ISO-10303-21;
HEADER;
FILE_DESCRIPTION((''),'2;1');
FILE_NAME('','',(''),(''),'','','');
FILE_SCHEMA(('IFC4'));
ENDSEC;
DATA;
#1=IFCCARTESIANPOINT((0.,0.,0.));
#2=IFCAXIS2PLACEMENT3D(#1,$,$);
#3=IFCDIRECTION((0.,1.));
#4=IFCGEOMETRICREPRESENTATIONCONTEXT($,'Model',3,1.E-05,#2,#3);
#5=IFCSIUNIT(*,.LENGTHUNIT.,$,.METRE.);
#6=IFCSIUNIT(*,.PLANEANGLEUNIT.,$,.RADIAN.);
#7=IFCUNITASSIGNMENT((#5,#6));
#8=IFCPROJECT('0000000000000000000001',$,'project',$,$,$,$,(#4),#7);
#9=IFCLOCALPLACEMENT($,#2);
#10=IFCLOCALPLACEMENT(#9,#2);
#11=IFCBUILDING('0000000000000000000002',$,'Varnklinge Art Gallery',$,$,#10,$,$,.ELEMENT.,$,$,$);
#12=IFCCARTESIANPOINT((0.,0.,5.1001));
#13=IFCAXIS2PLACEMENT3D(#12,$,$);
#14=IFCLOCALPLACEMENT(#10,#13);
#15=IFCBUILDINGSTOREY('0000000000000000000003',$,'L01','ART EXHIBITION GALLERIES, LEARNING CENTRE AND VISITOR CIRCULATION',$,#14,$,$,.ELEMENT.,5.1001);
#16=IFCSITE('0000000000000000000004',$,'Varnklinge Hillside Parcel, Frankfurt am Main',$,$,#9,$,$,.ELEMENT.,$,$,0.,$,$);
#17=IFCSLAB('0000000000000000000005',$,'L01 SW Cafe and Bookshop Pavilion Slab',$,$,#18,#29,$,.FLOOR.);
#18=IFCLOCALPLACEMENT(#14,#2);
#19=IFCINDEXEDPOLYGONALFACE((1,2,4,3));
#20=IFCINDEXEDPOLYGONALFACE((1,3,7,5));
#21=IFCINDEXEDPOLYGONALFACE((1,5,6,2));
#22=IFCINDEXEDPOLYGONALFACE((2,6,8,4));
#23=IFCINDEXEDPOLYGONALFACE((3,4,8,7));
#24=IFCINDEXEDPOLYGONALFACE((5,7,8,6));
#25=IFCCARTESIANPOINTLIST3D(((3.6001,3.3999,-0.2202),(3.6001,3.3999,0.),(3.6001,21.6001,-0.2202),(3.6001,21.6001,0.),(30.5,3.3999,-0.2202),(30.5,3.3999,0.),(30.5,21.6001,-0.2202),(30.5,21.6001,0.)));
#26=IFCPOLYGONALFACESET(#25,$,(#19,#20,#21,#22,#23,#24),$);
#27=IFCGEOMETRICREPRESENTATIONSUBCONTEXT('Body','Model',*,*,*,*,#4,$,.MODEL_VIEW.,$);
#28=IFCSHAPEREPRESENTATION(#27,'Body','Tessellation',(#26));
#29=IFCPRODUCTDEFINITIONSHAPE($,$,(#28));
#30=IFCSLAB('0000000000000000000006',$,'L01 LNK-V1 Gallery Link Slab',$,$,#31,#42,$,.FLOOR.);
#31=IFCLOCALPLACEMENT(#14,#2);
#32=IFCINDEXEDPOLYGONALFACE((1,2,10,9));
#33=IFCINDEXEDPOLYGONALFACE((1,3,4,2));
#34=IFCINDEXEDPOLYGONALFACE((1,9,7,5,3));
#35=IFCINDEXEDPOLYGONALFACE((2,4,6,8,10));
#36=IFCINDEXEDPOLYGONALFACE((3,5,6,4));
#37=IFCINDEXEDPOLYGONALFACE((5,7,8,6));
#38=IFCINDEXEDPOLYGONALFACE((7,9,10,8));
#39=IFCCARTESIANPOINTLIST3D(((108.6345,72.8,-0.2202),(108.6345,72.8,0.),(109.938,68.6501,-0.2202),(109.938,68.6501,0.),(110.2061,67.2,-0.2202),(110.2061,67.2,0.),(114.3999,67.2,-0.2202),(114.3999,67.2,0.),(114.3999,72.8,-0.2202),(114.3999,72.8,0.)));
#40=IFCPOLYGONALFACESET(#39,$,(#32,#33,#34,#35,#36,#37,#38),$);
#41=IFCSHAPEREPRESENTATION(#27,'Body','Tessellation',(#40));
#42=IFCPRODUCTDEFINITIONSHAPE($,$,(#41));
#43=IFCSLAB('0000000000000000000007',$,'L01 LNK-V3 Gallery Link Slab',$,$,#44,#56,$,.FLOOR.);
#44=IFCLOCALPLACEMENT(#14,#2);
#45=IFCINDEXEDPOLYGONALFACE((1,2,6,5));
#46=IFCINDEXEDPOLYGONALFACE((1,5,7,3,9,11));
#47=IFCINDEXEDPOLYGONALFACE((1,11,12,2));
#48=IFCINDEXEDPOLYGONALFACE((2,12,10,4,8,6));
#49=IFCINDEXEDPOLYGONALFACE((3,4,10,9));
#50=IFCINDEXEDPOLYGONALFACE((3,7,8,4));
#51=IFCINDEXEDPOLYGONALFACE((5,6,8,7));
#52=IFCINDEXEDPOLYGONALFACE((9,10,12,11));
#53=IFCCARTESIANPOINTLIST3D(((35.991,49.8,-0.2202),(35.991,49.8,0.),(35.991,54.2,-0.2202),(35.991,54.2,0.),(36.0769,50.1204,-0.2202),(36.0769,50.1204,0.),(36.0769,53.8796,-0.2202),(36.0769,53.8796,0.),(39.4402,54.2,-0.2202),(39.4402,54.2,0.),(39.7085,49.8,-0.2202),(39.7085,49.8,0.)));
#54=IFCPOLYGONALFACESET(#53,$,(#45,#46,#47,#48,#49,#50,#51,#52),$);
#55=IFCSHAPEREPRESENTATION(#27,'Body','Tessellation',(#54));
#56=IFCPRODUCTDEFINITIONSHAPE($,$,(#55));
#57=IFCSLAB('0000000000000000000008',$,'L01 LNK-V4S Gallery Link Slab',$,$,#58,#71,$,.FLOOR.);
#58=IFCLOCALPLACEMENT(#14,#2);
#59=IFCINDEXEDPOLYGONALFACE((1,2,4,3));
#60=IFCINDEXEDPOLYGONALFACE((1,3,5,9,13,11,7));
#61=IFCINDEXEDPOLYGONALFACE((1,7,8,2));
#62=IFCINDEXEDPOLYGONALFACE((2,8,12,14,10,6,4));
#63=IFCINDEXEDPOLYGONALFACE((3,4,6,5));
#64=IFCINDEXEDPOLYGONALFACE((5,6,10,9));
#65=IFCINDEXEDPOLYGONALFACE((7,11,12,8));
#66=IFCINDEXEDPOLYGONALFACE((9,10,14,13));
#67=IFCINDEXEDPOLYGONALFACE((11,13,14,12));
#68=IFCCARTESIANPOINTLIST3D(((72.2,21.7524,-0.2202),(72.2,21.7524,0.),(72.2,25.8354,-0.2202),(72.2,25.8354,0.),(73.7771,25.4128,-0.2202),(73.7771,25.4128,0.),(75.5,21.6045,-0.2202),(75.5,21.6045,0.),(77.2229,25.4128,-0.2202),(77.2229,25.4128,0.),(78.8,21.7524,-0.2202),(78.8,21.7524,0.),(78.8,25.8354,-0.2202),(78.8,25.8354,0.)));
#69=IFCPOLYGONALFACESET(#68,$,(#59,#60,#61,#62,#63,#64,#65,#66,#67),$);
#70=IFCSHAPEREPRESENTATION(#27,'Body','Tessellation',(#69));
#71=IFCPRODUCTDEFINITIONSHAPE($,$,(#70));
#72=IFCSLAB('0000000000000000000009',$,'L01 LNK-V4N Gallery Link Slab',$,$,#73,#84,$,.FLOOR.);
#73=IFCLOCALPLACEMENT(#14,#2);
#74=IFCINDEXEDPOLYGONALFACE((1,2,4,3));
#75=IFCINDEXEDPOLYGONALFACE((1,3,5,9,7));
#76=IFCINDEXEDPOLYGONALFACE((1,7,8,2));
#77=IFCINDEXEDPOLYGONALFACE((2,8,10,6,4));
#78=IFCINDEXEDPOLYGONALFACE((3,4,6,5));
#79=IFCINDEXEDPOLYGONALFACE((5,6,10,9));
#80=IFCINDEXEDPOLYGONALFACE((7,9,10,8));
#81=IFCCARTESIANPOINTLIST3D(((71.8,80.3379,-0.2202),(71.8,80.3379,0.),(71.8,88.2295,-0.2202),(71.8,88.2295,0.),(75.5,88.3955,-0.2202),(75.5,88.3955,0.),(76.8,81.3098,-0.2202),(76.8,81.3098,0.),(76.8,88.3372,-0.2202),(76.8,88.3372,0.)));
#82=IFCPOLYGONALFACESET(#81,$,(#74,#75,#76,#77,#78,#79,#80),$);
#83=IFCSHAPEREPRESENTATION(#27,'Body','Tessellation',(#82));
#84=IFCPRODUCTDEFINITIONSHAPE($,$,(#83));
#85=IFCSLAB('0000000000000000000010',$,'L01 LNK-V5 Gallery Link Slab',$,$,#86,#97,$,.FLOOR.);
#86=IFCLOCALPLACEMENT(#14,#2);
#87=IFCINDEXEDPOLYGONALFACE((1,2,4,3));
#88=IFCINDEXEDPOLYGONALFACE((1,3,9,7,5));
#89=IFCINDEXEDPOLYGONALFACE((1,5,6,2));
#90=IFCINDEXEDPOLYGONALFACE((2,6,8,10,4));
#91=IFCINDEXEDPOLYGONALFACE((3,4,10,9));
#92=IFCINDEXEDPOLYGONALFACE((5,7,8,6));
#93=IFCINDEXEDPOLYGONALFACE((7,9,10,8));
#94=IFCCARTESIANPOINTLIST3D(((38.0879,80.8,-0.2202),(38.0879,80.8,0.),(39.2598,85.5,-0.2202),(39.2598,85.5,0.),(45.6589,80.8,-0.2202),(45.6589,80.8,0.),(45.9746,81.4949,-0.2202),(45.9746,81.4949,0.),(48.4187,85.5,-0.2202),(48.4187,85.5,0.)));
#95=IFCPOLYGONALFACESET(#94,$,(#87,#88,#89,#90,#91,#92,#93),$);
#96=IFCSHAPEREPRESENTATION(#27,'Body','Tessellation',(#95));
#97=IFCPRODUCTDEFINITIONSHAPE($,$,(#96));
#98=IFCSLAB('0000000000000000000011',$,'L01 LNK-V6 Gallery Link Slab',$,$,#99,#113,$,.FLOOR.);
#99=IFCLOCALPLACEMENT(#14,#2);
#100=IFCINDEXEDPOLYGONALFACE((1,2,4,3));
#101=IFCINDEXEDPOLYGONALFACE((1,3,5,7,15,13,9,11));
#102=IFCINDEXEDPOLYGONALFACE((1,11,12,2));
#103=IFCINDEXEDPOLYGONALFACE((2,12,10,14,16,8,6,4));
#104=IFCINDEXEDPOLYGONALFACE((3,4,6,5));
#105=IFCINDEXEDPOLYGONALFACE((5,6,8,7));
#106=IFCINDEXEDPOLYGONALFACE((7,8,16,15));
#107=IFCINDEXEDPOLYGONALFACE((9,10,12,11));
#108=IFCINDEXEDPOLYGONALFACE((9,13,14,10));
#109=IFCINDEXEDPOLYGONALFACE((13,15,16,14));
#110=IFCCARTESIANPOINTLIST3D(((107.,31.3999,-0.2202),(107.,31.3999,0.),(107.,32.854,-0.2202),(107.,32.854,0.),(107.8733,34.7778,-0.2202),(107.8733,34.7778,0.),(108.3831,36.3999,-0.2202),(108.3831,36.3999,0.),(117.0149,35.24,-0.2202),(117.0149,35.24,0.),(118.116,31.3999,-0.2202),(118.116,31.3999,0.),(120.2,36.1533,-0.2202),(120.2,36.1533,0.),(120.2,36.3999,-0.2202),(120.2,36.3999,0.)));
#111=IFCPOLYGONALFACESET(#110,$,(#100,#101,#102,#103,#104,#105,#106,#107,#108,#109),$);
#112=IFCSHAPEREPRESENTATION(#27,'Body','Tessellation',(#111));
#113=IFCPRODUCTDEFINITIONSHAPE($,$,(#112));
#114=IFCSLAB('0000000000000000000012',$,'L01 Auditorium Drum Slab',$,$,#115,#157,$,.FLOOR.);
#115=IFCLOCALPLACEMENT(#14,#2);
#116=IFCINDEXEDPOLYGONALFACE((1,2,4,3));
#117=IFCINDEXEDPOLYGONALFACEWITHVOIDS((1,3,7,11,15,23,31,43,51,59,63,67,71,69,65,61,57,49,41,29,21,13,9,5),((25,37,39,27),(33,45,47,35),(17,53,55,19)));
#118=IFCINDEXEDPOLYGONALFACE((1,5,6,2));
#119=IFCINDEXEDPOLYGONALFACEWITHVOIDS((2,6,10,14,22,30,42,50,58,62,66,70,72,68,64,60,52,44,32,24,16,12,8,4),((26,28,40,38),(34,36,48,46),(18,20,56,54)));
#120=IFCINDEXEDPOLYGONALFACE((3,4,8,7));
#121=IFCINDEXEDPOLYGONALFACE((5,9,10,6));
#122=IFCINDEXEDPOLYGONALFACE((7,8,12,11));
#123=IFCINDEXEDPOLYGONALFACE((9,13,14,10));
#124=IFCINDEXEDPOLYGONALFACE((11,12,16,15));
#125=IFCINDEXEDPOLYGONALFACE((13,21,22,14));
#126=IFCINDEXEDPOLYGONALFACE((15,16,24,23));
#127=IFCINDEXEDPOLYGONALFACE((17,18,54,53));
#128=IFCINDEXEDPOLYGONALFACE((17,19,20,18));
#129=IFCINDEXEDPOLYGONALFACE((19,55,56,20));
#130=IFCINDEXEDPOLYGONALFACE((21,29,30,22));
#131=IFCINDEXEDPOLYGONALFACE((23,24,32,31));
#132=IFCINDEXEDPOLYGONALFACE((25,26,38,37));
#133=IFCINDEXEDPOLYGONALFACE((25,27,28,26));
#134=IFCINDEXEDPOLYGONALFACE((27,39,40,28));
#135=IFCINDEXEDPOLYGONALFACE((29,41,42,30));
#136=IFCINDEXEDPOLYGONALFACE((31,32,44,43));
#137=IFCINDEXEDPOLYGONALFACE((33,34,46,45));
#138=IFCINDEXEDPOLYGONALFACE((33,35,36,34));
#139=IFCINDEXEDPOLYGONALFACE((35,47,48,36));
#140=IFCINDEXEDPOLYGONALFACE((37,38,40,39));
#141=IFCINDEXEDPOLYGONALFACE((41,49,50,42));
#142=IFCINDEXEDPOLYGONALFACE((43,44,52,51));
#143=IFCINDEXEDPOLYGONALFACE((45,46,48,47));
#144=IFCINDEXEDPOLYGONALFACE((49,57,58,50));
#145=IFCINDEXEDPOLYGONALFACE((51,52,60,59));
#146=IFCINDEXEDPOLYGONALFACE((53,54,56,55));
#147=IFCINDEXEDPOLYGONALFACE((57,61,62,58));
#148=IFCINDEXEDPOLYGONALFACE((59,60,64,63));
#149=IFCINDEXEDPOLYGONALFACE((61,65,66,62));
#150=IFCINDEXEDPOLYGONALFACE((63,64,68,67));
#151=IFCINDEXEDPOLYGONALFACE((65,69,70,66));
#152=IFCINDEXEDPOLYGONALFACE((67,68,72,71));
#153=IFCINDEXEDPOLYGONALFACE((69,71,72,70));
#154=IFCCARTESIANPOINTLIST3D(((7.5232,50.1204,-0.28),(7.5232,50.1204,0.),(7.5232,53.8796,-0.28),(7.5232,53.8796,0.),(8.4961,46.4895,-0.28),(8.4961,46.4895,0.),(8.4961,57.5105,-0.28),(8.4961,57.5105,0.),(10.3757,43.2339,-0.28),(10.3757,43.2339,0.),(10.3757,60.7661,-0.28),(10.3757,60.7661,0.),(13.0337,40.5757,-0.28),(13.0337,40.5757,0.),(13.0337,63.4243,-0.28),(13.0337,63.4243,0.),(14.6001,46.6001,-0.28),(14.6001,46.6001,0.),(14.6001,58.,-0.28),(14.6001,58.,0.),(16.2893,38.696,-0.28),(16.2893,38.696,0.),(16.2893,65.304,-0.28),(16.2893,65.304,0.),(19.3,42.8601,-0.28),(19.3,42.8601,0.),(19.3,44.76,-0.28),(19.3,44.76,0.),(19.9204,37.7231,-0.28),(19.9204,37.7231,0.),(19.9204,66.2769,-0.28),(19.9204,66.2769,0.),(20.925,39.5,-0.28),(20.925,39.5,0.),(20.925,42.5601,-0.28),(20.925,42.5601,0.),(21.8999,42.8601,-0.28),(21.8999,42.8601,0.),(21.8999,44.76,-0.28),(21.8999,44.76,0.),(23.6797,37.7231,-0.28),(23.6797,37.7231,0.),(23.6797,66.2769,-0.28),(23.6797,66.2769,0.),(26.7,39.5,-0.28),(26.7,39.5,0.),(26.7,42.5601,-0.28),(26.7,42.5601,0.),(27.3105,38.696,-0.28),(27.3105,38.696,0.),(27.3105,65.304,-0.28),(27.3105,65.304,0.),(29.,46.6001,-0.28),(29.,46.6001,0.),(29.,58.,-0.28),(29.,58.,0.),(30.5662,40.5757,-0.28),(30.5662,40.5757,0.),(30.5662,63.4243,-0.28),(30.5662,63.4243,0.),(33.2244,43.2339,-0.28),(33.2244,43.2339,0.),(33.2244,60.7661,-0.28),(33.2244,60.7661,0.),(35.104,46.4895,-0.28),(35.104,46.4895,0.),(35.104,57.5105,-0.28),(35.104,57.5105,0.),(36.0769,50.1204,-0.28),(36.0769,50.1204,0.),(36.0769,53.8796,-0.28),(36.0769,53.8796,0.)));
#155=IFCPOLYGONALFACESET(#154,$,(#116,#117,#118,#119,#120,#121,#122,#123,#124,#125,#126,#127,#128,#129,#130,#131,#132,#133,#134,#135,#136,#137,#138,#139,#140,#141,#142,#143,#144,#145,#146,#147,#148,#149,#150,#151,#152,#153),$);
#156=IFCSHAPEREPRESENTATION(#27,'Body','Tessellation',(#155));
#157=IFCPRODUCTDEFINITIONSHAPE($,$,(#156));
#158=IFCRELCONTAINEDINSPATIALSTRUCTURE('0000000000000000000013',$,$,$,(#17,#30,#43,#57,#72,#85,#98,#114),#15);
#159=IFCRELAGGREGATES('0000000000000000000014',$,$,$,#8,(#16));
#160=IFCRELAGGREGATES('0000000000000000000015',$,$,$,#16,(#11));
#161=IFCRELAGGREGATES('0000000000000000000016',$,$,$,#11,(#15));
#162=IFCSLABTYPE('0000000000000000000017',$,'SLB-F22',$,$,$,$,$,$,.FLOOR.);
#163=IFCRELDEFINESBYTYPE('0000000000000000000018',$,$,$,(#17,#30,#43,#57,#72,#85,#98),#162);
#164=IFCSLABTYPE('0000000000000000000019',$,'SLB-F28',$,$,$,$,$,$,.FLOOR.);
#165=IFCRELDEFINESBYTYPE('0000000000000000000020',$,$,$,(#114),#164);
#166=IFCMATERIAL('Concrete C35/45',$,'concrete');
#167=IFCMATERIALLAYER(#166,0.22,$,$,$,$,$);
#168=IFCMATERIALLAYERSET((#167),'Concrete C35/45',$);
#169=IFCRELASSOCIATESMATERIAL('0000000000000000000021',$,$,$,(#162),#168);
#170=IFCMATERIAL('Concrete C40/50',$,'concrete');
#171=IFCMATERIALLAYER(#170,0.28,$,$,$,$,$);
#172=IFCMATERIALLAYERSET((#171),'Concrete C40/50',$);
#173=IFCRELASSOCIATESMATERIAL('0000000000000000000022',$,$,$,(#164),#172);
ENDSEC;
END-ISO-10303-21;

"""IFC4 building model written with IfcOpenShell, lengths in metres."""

from ifc_helpers import new_model, si_unit, direction, frame, origin, place, context, subcontext, project, spatial, polyline, outline, extrude, material, layer, layer_set, type_object, element, save


model = new_model("IFC4")

# Units and contexts
model_context = context("Model", 3, precision=1e-05, world=origin(), true_north=direction((0.0, 1.0)))
body_context = subcontext(model_context, "Body", "Model", "MODEL_VIEW")
ifc_project = project(units=[si_unit("LENGTHUNIT", "METRE"), si_unit("PLANEANGLEUNIT", "RADIAN")], contexts=[model_context])

# Site, building, storey
site_placement = place(None, origin())
site = spatial("IfcSite", under=ifc_project, at=site_placement, Name="Varnklinge Hillside Parcel, Frankfurt am Main", CompositionType="ELEMENT", RefElevation=0.0)
building_placement = place(site_placement, origin())
building = spatial("IfcBuilding", under=site, at=building_placement, Name="Varnklinge Art Gallery", CompositionType="ELEMENT")
storey_placement = place(building_placement, frame((0.0, 0.0, 5.1001)))
storey = spatial("IfcBuildingStorey", under=building, at=storey_placement, Name="L01", Description="ART EXHIBITION GALLERIES, LEARNING CENTRE AND VISITOR CIRCULATION", CompositionType="ELEMENT", Elevation=5.1001)

# Slabs
ifc_material_1 = material(Name="Concrete C35/45", Category="concrete")
ifc_layer_1 = layer(ifc_material_1, 0.22)
ifc_layer_set_1 = layer_set([ifc_layer_1], Name="Concrete C35/45")
slab_type_1 = type_object("IfcSlabType", Name="SLB-F22", PredefinedType="FLOOR", material=ifc_layer_set_1)
slab_1_placement = place(storey_placement, frame((0.0, 0.0, -0.2202)))
element("IfcSlab", 1, at=slab_1_placement, inside=storey, type_object=slab_type_1, Name="L01 SW Cafe and Bookshop Pavilion Slab", PredefinedType="FLOOR", context=body_context, shape_type="SweptSolid", body=[
    extrude(outline(polyline([(30.5, 3.3999), (30.5, 21.6001), (3.6001, 21.6001), (3.6001, 3.3999), (30.5, 3.3999)])), origin(), (0.0, 0.0, 1.0), 0.2202),
])
slab_2_placement = place(storey_placement, frame((0.0, 0.0, -0.2202)))
element("IfcSlab", 2, at=slab_2_placement, inside=storey, type_object=slab_type_1, Name="L01 LNK-V1 Gallery Link Slab", PredefinedType="FLOOR", context=body_context, shape_type="SweptSolid", body=[
    extrude(outline(polyline([(114.3999, 67.2), (114.3999, 72.8), (108.6345, 72.8), (109.938, 68.6501), (110.2061, 67.2), (114.3999, 67.2)])), origin(), (0.0, 0.0, 1.0), 0.2202),
])
slab_3_placement = place(storey_placement, frame((0.0, 0.0, -0.2202)))
element("IfcSlab", 3, at=slab_3_placement, inside=storey, type_object=slab_type_1, Name="L01 LNK-V3 Gallery Link Slab", PredefinedType="FLOOR", context=body_context, shape_type="SweptSolid", body=[
    extrude(outline(polyline([(39.7085, 49.8), (39.4402, 54.2), (35.991, 54.2), (36.0769, 53.8796), (36.0769, 50.1204), (35.991, 49.8), (39.7085, 49.8)])), origin(), (0.0, 0.0, 1.0), 0.2202),
])
slab_4_placement = place(storey_placement, frame((0.0, 0.0, -0.2202)))
element("IfcSlab", 4, at=slab_4_placement, inside=storey, type_object=slab_type_1, Name="L01 LNK-V4S Gallery Link Slab", PredefinedType="FLOOR", context=body_context, shape_type="SweptSolid", body=[
    extrude(outline(polyline([(78.8, 21.7524), (78.8, 25.8354), (77.2229, 25.4128), (73.7771, 25.4128), (72.2, 25.8354), (72.2, 21.7524), (75.5, 21.6045), (78.8, 21.7524)])), origin(), (0.0, 0.0, 1.0), 0.2202),
])
slab_5_placement = place(storey_placement, frame((0.0, 0.0, -0.2202)))
element("IfcSlab", 5, at=slab_5_placement, inside=storey, type_object=slab_type_1, Name="L01 LNK-V4N Gallery Link Slab", PredefinedType="FLOOR", context=body_context, shape_type="SweptSolid", body=[
    extrude(outline(polyline([(71.8, 88.2295), (71.8, 80.3379), (76.8, 81.3098), (76.8, 88.3372), (75.5, 88.3955), (71.8, 88.2295)])), origin(), (0.0, 0.0, 1.0), 0.2202),
])
slab_6_placement = place(storey_placement, frame((0.0, 0.0, -0.2202)))
element("IfcSlab", 6, at=slab_6_placement, inside=storey, type_object=slab_type_1, Name="L01 LNK-V5 Gallery Link Slab", PredefinedType="FLOOR", context=body_context, shape_type="SweptSolid", body=[
    extrude(outline(polyline([(48.4187, 85.5), (39.2598, 85.5), (38.0879, 80.8), (45.6589, 80.8), (45.9746, 81.4949), (48.4187, 85.5)])), origin(), (0.0, 0.0, 1.0), 0.2202),
])
slab_7_placement = place(storey_placement, frame((0.0, 0.0, -0.2202)))
element("IfcSlab", 7, at=slab_7_placement, inside=storey, type_object=slab_type_1, Name="L01 LNK-V6 Gallery Link Slab", PredefinedType="FLOOR", context=body_context, shape_type="SweptSolid", body=[
    extrude(outline(polyline([(120.2, 36.1533), (120.2, 36.3999), (108.3831, 36.3999), (107.8733, 34.7778), (107.0, 32.854), (107.0, 31.3999), (118.116, 31.3999), (117.0149, 35.24), (120.2, 36.1533)])), origin(), (0.0, 0.0, 1.0), 0.2202),
])
ifc_material_2 = material(Name="Concrete C40/50", Category="concrete")
ifc_layer_2 = layer(ifc_material_2, 0.28)
ifc_layer_set_2 = layer_set([ifc_layer_2], Name="Concrete C40/50")
slab_type_2 = type_object("IfcSlabType", Name="SLB-F28", PredefinedType="FLOOR", material=ifc_layer_set_2)
slab_8_placement = place(storey_placement, frame((0.0, 0.0, -0.28)))
element("IfcSlab", 8, at=slab_8_placement, inside=storey, type_object=slab_type_2, Name="L01 Auditorium Drum Slab", PredefinedType="FLOOR", context=body_context, shape_type="SweptSolid", body=[
    extrude(outline(polyline([(35.104, 46.4895), (36.0769, 50.1204), (36.0769, 53.8796), (35.104, 57.5105), (33.2244, 60.7661), (30.5662, 63.4243), (27.3105, 65.304), (23.6797, 66.2769), (19.9204, 66.2769), (16.2893, 65.304), (13.0337, 63.4243), (10.3757, 60.7661), (8.4961, 57.5105), (7.5232, 53.8796), (7.5232, 50.1204), (8.4961, 46.4895), (10.3757, 43.2339), (13.0337, 40.5757), (16.2893, 38.696), (19.9204, 37.7231), (23.6797, 37.7231), (27.3105, 38.696), (30.5662, 40.5757), (33.2244, 43.2339), (35.104, 46.4895)]), holes=[polyline([(20.925, 39.5), (20.925, 42.5601), (26.7, 42.5601), (26.7, 39.5), (20.925, 39.5)]), polyline([(21.8999, 44.76), (21.8999, 42.8601), (19.3, 42.8601), (19.3, 44.76), (21.8999, 44.76)]), polyline([(29.0, 46.6001), (14.6001, 46.6001), (14.6001, 58.0), (29.0, 58.0), (29.0, 46.6001)])]), origin(), (0.0, 0.0, 1.0), 0.28),
])

save(model, "model.ifc")
